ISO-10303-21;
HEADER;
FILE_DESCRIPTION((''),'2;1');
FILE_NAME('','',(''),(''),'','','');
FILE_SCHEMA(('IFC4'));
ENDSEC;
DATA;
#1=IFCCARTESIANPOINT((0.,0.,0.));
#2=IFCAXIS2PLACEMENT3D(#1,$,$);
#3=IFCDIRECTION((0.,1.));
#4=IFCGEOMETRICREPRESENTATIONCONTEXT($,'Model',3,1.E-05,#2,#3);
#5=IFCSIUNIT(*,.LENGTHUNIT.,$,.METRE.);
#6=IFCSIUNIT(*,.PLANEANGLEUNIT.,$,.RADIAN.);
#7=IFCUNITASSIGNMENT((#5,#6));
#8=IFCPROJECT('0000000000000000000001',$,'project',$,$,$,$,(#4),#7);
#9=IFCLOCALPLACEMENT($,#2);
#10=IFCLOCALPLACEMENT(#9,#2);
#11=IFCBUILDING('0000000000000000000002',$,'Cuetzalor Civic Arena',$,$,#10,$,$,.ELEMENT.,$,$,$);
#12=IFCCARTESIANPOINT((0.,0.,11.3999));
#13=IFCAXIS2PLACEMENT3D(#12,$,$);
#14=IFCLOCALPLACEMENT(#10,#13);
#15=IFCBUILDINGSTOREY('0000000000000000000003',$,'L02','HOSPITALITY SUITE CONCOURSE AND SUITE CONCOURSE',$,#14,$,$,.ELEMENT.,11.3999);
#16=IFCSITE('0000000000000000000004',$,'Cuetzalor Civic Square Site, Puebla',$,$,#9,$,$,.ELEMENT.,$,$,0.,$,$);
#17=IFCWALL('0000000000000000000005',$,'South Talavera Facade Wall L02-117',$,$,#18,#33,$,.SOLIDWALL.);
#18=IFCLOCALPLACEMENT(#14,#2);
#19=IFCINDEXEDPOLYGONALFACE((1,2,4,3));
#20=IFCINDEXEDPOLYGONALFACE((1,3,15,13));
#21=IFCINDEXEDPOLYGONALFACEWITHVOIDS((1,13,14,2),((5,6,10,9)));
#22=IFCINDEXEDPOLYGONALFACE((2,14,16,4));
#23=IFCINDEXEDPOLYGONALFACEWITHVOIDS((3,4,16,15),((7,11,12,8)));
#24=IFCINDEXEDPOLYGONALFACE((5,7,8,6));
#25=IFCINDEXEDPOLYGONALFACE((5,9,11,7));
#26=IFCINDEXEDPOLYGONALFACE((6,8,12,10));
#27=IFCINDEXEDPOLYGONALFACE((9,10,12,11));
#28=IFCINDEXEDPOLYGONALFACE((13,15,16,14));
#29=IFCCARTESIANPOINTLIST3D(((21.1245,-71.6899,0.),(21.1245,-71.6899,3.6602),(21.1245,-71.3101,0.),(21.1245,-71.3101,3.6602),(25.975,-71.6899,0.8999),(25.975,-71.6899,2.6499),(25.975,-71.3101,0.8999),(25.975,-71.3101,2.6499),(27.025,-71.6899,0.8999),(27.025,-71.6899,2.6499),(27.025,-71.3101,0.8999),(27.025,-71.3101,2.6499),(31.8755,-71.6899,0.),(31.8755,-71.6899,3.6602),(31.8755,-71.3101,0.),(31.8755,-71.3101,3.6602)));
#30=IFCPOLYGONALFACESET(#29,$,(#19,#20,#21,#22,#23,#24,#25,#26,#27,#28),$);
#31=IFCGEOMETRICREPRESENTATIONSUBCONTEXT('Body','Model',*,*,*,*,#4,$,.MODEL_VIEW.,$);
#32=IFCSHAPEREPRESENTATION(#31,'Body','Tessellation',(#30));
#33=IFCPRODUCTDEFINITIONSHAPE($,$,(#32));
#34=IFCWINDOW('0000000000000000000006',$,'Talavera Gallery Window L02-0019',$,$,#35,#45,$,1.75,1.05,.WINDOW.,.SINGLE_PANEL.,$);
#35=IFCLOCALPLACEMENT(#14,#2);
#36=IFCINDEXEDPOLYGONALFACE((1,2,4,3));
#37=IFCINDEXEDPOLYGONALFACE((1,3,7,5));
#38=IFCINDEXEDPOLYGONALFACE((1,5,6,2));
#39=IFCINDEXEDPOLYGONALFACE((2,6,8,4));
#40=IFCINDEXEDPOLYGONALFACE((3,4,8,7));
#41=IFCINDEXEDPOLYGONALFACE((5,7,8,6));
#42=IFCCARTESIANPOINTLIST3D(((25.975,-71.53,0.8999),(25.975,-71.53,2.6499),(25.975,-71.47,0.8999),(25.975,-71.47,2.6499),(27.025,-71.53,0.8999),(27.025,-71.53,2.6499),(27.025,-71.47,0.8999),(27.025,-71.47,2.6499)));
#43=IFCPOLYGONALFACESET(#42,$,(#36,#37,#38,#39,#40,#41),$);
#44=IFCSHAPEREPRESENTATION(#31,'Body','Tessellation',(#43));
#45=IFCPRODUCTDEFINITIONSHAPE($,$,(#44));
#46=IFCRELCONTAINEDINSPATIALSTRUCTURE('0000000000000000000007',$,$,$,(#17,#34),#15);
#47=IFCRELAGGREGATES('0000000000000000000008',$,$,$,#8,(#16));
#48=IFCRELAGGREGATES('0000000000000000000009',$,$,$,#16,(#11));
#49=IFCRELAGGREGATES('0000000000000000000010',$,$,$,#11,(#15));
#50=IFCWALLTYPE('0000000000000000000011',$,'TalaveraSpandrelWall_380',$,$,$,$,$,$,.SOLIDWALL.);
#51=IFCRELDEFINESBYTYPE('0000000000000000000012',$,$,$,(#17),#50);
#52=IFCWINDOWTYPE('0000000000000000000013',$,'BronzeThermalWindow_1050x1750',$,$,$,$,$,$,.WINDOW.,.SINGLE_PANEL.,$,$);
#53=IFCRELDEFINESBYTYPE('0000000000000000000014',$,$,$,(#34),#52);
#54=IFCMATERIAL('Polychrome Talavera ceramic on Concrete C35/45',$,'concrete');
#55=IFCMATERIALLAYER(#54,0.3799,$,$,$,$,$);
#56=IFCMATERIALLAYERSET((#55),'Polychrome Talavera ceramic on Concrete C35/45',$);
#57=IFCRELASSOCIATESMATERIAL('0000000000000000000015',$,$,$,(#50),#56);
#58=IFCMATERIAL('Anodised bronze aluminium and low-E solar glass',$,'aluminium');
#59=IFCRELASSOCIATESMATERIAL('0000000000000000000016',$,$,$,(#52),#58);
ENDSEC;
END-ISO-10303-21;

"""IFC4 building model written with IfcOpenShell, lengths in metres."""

from ifc_helpers import new_model, si_unit, direction, frame, frame_2d, origin, place, context, subcontext, project, spatial, rectangle, extrude, material, layer, layer_set, type_object, element, fill, save


model = new_model("IFC4")

# Units and contexts
model_context = context("Model", 3, precision=1e-05, world=origin(), true_north=direction((0.0, 1.0)))
body_context = subcontext(model_context, "Body", "Model", "MODEL_VIEW")
ifc_project = project(units=[si_unit("LENGTHUNIT", "METRE"), si_unit("PLANEANGLEUNIT", "RADIAN")], contexts=[model_context])

# Site, building, storey
site_placement = place(None, origin())
site = spatial("IfcSite", under=ifc_project, at=site_placement, Name="Cuetzalor Civic Square Site, Puebla", CompositionType="ELEMENT", RefElevation=0.0)
building_placement = place(site_placement, origin())
building = spatial("IfcBuilding", under=site, at=building_placement, Name="Cuetzalor Civic Arena", CompositionType="ELEMENT")
storey_placement = place(building_placement, frame((0.0, 0.0, 11.3999)))
storey = spatial("IfcBuildingStorey", under=building, at=storey_placement, Name="L02", Description="HOSPITALITY SUITE CONCOURSE AND SUITE CONCOURSE", CompositionType="ELEMENT", Elevation=11.3999)

# Wall, opening, window
ifc_material_1 = material(Name="Polychrome Talavera ceramic on Concrete C35/45", Category="concrete")
ifc_layer_1 = layer(ifc_material_1, 0.3799)
ifc_layer_set_1 = layer_set([ifc_layer_1], Name="Polychrome Talavera ceramic on Concrete C35/45")
wall_type_1 = type_object("IfcWallType", Name="TalaveraSpandrelWall_380", PredefinedType="SOLIDWALL", material=ifc_layer_set_1)
wall_1_placement = place(storey_placement, frame((31.8755, -71.5, 0.0), z_axis=(0.0, 0.0, 1.0), x_axis=(-1.0, 0.0, 0.0)))
wall_1 = element("IfcWall", 1, at=wall_1_placement, inside=storey, type_object=wall_type_1, Name="South Talavera Facade Wall L02-117", PredefinedType="SOLIDWALL", context=body_context, shape_type="SweptSolid", body=[
    extrude(rectangle(XDim=10.751, YDim=0.3799, at=frame_2d((5.3755, 0.0))), origin(), (0.0, 0.0, 1.0), 3.6602),
])
opening_1_placement = place(wall_1_placement, frame((4.8506, 0.0, 0.8999)))
opening_1 = element("IfcOpeningElement", 2, at=opening_1_placement, cuts=wall_1, PredefinedType="OPENING", context=body_context, shape_type="SweptSolid", body=[
    extrude(rectangle(XDim=1.05, YDim=1.75, at=frame_2d((0.5249, 0.875))), frame((0.0, 0.2, 0.0), z_axis=(0.0, -1.0, 0.0), x_axis=(1.0, 0.0, 0.0)), (0.0, 0.0, 1.0), 0.3999),
])
ifc_material_2 = material(Name="Anodised bronze aluminium and low-E solar glass", Category="aluminium")
window_type = type_object("IfcWindowType", Name="BronzeThermalWindow_1050x1750", PartitioningType="SINGLE_PANEL", PredefinedType="WINDOW", material=ifc_material_2)
window_placement = place(opening_1_placement, origin())
window = element("IfcWindow", 3, at=window_placement, inside=storey, type_object=window_type, Name="Talavera Gallery Window L02-0019", OverallHeight=1.75, OverallWidth=1.05, PartitioningType="SINGLE_PANEL", PredefinedType="WINDOW", context=body_context, shape_type="SweptSolid", body=[
    extrude(rectangle(XDim=1.05, YDim=1.75, at=frame_2d((0.5249, 0.875))), frame((0.0, 0.03, 0.0), z_axis=(0.0, -1.0, 0.0), x_axis=(1.0, 0.0, 0.0)), (0.0, 0.0, 1.0), 0.0601),
])
fill(opening_1, window)

save(model, "model.ifc")
